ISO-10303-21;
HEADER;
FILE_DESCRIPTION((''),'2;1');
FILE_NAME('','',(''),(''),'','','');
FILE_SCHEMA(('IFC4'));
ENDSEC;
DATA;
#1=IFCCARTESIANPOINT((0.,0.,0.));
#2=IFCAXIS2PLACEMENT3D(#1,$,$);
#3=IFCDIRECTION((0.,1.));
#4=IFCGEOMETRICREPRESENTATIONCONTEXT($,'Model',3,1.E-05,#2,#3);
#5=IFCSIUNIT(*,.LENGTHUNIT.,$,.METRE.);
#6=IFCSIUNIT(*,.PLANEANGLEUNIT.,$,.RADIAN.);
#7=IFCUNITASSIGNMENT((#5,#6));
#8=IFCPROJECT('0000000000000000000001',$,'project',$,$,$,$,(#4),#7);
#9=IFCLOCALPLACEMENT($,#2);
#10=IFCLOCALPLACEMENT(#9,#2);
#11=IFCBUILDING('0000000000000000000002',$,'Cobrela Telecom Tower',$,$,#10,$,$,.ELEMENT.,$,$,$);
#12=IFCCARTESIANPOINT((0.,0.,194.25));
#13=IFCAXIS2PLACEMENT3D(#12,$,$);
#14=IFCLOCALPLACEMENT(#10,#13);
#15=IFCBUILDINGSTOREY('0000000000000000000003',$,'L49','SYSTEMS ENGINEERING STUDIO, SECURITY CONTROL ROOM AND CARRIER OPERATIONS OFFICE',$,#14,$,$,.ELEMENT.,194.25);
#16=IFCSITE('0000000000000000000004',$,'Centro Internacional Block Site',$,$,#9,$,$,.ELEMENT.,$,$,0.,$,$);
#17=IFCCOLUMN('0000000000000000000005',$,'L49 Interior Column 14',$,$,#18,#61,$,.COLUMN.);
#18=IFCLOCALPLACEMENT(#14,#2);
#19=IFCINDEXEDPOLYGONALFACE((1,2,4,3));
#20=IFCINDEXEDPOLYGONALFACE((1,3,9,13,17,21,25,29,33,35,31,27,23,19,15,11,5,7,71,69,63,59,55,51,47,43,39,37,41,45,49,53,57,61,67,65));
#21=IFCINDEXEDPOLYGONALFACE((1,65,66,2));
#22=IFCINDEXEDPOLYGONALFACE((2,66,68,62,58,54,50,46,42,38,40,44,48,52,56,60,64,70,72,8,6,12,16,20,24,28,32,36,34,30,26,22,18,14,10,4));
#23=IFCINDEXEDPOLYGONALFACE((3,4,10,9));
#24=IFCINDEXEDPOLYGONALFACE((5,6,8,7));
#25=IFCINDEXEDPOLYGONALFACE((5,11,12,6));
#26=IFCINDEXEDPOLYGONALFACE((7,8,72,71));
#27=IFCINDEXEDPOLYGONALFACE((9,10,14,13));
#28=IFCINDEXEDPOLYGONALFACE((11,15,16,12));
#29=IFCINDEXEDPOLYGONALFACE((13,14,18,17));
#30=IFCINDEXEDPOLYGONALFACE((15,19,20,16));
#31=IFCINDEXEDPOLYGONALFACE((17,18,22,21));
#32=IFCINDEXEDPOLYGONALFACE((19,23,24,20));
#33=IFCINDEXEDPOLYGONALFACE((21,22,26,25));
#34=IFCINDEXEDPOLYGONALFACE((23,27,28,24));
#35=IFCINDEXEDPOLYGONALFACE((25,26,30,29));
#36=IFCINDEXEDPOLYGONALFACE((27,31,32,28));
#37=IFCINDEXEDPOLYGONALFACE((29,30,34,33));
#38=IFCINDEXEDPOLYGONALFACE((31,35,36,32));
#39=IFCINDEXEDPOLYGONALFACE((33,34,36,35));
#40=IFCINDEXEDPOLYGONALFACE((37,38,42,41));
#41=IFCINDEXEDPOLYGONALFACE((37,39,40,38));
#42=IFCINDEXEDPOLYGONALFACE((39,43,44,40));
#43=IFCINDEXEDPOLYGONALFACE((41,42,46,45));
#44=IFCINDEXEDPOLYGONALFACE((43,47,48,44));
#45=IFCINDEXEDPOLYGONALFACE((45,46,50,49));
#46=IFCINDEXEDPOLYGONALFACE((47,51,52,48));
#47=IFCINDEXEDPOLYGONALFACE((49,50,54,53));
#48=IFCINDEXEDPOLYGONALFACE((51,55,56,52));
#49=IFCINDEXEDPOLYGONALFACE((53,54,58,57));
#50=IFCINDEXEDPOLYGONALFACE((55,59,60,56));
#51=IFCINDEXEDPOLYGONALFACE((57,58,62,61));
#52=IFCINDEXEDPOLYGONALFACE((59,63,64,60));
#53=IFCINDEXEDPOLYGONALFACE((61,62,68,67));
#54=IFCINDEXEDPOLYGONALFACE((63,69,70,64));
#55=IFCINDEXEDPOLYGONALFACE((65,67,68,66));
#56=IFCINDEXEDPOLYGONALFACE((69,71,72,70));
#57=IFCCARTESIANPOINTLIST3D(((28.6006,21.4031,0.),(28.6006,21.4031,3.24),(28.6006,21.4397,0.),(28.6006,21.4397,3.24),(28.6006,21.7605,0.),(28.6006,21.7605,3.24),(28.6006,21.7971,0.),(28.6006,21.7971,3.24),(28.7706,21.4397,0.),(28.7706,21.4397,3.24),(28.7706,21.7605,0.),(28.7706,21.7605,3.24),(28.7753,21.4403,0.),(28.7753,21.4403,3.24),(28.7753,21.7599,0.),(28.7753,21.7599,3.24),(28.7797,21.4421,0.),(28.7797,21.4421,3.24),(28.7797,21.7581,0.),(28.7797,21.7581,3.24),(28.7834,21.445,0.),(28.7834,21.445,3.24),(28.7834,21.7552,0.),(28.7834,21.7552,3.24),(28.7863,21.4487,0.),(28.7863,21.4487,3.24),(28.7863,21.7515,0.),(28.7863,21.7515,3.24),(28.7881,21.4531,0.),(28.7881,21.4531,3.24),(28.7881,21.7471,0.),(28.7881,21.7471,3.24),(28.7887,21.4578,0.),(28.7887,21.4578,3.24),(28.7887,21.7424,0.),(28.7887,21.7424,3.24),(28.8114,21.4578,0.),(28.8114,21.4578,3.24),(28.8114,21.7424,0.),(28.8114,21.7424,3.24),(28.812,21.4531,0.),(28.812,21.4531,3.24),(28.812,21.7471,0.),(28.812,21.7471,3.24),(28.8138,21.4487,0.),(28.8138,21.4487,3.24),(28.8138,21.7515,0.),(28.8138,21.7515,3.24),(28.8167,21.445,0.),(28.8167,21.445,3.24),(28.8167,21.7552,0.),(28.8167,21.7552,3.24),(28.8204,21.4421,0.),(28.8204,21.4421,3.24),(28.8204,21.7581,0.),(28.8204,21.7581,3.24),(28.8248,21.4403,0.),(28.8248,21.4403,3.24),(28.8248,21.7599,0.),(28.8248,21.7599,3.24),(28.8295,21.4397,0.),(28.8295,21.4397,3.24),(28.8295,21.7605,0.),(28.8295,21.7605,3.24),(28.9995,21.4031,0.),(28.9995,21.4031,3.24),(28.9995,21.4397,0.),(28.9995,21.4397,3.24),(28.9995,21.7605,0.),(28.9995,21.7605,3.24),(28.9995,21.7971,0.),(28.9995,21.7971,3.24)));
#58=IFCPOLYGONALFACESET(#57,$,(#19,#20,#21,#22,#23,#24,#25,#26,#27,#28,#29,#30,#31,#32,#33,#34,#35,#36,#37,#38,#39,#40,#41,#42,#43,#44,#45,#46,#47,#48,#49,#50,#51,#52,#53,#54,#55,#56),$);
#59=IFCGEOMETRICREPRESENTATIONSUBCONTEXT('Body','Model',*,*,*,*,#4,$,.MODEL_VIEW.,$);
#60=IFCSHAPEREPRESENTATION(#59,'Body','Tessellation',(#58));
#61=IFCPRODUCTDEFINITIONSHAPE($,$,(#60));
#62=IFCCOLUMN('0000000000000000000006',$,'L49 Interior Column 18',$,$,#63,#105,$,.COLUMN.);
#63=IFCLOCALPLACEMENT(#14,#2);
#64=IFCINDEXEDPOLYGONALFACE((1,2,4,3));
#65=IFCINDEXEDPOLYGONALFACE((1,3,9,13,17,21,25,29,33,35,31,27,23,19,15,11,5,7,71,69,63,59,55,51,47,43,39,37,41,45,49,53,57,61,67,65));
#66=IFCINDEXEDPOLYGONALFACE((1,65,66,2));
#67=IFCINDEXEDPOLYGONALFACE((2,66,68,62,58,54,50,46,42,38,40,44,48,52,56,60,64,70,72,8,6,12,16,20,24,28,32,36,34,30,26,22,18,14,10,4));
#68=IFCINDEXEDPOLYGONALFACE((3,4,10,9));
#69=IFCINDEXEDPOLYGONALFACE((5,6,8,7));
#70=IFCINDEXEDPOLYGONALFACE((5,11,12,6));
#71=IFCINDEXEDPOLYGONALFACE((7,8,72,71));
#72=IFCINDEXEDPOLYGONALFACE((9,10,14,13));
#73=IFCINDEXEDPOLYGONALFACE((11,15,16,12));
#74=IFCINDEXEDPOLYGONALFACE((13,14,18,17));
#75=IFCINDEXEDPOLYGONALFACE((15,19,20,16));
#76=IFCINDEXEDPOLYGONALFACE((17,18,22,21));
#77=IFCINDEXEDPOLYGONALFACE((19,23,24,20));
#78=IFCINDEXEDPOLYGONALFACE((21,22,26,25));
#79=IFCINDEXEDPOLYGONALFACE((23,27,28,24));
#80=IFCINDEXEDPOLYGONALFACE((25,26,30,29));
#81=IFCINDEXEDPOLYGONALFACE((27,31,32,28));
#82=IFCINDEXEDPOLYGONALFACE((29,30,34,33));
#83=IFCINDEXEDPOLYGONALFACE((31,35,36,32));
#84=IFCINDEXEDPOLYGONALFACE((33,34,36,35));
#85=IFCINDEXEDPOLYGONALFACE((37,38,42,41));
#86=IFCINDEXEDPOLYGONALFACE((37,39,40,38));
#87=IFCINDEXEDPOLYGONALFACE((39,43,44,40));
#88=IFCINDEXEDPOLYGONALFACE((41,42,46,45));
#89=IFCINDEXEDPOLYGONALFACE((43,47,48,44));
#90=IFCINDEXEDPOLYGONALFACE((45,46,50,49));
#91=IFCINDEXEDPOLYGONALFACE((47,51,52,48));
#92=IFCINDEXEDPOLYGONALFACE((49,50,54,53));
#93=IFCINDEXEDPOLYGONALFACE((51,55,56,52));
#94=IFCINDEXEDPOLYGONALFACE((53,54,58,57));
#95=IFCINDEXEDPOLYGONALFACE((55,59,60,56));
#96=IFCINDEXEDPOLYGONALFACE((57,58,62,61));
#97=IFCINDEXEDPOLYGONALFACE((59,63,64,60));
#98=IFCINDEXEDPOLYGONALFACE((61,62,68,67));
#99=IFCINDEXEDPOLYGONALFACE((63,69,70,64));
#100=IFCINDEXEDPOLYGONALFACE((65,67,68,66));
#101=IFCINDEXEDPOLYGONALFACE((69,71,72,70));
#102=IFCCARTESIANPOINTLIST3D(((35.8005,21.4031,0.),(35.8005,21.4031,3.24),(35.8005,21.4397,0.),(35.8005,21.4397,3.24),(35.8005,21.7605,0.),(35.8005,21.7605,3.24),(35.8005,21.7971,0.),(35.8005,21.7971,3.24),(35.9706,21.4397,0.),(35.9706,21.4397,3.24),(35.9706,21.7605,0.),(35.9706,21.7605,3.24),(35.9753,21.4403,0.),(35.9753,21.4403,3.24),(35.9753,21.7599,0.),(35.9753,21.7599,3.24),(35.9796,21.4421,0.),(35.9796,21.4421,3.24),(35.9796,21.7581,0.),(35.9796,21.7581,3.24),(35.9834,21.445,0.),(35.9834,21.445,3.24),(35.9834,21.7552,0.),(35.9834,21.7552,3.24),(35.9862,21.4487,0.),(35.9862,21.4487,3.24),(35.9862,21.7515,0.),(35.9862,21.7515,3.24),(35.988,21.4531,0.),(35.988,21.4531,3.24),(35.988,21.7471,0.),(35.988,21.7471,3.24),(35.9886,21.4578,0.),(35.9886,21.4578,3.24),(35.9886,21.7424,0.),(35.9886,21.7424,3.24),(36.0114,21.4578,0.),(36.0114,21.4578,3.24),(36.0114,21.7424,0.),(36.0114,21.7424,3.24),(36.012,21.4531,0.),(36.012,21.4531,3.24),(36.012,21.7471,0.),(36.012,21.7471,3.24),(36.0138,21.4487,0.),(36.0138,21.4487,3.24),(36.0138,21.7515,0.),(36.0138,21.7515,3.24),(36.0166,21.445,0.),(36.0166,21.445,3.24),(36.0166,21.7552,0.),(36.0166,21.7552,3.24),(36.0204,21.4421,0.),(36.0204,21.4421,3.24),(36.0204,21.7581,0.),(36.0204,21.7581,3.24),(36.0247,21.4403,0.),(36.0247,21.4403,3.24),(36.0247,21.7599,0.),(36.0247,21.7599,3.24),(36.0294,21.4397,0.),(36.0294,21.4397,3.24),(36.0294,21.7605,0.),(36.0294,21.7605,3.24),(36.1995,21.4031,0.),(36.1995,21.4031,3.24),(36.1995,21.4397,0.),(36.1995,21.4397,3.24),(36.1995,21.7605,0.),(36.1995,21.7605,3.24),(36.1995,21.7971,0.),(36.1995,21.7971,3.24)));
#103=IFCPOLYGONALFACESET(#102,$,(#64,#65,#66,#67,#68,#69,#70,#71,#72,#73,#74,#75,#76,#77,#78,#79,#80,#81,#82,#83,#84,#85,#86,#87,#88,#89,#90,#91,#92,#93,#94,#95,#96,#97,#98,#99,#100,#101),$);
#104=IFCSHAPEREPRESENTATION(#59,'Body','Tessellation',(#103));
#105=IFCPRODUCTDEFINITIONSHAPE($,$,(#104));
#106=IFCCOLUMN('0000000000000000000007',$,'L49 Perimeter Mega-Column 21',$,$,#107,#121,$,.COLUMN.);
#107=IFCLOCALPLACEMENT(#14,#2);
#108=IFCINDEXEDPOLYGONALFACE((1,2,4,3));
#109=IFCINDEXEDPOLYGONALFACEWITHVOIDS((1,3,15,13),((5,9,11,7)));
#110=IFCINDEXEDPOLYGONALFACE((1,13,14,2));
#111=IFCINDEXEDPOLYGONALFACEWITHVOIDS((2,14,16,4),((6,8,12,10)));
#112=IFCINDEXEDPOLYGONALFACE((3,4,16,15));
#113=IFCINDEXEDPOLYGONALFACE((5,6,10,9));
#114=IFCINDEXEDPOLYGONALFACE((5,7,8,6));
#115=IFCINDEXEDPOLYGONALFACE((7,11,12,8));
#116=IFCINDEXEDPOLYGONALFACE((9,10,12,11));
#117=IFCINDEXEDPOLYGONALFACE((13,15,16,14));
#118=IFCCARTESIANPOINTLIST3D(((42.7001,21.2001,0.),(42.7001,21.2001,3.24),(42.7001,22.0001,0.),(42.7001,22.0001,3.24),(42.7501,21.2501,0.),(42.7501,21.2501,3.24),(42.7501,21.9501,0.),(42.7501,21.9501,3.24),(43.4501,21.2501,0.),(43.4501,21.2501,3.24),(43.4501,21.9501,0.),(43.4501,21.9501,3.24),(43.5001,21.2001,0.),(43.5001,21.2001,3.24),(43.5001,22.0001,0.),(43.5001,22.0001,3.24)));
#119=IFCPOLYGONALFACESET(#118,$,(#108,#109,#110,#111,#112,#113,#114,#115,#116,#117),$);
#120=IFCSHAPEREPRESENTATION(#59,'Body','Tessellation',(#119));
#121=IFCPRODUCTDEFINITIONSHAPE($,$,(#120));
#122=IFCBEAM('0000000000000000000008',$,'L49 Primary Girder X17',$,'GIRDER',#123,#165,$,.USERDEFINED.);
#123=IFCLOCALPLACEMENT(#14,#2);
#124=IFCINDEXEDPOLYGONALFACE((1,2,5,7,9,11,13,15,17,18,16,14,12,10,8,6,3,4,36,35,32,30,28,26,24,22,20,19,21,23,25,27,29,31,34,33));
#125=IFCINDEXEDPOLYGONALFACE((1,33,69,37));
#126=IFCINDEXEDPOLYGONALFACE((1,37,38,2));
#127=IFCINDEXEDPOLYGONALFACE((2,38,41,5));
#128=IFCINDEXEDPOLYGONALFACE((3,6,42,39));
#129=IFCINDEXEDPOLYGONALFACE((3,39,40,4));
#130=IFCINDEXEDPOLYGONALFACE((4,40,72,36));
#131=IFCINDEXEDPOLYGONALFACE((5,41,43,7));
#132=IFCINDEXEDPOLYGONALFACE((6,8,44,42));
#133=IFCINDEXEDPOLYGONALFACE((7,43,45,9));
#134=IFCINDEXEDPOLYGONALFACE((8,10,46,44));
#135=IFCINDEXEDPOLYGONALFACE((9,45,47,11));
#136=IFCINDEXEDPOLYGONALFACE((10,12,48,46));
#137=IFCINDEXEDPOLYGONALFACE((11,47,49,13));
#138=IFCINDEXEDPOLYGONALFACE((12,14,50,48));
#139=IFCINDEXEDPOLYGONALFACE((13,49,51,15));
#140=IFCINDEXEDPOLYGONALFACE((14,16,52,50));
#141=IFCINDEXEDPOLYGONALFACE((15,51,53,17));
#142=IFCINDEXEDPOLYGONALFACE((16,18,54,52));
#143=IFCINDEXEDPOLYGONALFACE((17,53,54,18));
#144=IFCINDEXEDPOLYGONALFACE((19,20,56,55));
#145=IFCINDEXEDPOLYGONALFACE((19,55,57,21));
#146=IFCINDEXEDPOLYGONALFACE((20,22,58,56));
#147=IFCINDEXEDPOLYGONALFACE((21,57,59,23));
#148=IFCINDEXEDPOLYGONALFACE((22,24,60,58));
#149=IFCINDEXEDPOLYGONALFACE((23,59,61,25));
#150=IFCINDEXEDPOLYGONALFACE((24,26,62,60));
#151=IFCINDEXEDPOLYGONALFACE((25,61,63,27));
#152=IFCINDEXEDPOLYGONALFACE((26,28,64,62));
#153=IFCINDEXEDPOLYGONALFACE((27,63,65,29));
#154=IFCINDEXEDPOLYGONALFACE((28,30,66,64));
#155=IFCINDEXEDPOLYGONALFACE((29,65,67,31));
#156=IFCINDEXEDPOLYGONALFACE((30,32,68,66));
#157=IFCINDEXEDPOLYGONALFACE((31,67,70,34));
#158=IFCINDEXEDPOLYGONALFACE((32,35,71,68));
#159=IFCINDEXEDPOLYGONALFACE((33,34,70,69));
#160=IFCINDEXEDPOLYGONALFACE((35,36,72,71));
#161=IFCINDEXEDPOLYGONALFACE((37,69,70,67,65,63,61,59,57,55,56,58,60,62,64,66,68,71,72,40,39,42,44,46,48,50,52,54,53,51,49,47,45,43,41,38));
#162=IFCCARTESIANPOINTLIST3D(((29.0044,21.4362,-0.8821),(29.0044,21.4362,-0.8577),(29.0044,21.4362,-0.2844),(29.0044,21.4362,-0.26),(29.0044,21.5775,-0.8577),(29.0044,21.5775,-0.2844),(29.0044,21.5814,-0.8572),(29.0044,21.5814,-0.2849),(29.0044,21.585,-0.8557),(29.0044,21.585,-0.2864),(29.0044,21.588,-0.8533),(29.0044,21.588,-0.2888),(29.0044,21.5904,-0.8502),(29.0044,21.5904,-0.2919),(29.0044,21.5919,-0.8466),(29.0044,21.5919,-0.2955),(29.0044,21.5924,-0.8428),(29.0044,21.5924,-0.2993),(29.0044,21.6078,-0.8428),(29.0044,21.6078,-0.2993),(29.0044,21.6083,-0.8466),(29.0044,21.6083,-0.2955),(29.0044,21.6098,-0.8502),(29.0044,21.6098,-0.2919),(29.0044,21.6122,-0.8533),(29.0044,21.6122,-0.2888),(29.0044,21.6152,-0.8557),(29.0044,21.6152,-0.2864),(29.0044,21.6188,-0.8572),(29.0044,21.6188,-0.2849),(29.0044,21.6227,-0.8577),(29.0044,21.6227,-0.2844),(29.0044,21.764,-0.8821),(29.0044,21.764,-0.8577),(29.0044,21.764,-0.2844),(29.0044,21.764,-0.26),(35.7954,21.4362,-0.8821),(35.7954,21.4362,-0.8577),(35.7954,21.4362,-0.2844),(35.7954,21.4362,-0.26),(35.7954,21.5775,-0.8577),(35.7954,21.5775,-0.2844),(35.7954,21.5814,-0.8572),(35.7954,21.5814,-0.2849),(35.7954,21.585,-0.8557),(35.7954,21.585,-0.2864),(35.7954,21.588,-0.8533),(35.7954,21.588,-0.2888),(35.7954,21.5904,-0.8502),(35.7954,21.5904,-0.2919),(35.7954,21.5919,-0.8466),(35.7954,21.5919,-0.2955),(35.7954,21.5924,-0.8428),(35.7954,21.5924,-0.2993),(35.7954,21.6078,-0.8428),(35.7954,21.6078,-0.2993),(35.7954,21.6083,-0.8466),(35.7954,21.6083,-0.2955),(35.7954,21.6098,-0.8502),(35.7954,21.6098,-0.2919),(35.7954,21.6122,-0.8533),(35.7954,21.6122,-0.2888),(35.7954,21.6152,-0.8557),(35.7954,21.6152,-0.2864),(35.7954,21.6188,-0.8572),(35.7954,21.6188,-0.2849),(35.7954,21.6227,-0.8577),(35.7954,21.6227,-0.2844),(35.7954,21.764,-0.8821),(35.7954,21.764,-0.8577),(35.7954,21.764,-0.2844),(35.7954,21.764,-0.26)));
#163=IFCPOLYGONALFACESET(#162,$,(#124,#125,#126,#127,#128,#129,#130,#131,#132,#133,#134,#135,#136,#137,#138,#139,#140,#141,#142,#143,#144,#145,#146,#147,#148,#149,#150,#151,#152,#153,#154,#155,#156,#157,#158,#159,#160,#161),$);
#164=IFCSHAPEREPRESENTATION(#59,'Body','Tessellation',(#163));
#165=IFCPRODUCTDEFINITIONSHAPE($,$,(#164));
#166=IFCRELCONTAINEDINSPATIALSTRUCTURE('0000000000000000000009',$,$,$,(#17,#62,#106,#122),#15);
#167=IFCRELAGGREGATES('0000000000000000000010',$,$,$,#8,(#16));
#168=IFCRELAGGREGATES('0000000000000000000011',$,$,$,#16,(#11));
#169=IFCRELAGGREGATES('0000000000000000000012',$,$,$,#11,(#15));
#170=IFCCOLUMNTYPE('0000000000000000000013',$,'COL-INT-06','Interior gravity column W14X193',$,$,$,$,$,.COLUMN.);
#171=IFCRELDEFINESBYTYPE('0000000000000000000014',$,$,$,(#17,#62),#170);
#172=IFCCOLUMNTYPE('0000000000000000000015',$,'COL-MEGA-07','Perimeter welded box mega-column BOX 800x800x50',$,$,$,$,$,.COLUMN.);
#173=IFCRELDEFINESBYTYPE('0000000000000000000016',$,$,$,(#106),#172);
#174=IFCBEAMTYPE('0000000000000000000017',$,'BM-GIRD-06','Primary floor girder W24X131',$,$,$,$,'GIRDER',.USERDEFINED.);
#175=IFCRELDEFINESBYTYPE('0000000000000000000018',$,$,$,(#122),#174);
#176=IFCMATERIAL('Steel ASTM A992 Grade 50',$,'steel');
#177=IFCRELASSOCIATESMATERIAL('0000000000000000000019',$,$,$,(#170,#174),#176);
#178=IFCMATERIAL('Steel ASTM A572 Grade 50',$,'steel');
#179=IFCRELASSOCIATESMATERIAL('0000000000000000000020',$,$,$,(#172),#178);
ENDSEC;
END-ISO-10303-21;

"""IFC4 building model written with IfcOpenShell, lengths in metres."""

from ifc_helpers import new_model, si_unit, direction, frame, origin, origin_2d, place, context, subcontext, project, spatial, hollow_rectangle, i_section, extrude, material, material_profile, profile_set, type_object, element, save


model = new_model("IFC4")

# Units and contexts
model_context = context("Model", 3, precision=1e-05, world=origin(), true_north=direction((0.0, 1.0)))
body_context = subcontext(model_context, "Body", "Model", "MODEL_VIEW")
ifc_project = project(units=[si_unit("LENGTHUNIT", "METRE"), si_unit("PLANEANGLEUNIT", "RADIAN")], contexts=[model_context])

# Site, building, storey
site_placement = place(None, origin())
site = spatial("IfcSite", under=ifc_project, at=site_placement, Name="Centro Internacional Block Site", CompositionType="ELEMENT", RefElevation=0.0)
building_placement = place(site_placement, origin())
building = spatial("IfcBuilding", under=site, at=building_placement, Name="Cobrela Telecom Tower", CompositionType="ELEMENT")
storey_placement = place(building_placement, frame((0.0, 0.0, 194.25)))
storey = spatial("IfcBuildingStorey", under=building, at=storey_placement, Name="L49", Description="SYSTEMS ENGINEERING STUDIO, SECURITY CONTROL ROOM AND CARRIER OPERATIONS OFFICE", CompositionType="ELEMENT", Elevation=194.25)

# Columns
ifc_material_1 = material(Name="Steel ASTM A992 Grade 50", Category="steel")
ifc_material_profile_1 = material_profile(ifc_material_1, i_section(OverallWidth=0.3989, OverallDepth=0.394, WebThickness=0.0227, FlangeThickness=0.0366, FilletRadius=0.0181, at=origin_2d()), Name="W14X193")
ifc_profile_set_1 = profile_set([ifc_material_profile_1], Name="Steel ASTM A992 Grade 50")
column_type_1 = type_object("IfcColumnType", Name="COL-INT-06", Description="Interior gravity column W14X193", PredefinedType="COLUMN", material=ifc_profile_set_1)
for number, where, z_axis, x_axis, name in (
    (1, (28.8, 21.6001, 0.0), (0.0, 0.0, 1.0), (1.0, 0.0, 0.0), "L49 Interior Column 14"),
    (2, (36.0, 21.6001, 0.0), (0.0, 0.0, 1.0), (1.0, 0.0, 0.0), "L49 Interior Column 18"),
):
    element("IfcColumn", number, at=place(storey_placement, frame(where, z_axis=z_axis, x_axis=x_axis)), inside=storey, type_object=column_type_1, Name=name, PredefinedType="COLUMN", context=body_context, shape_type="SweptSolid", body=[
        extrude(i_section(OverallWidth=0.3989, OverallDepth=0.394, WebThickness=0.0227, FlangeThickness=0.0366, FilletRadius=0.0181, at=origin_2d()), origin(), (0.0, 0.0, 1.0), 3.24),
    ])
ifc_material_2 = material(Name="Steel ASTM A572 Grade 50", Category="steel")
ifc_material_profile_2 = material_profile(ifc_material_2, hollow_rectangle(XDim=0.8, YDim=0.8, WallThickness=0.05, at=origin_2d()), Name="BOX 800x800x50")
ifc_profile_set_2 = profile_set([ifc_material_profile_2], Name="Steel ASTM A572 Grade 50")
column_type_2 = type_object("IfcColumnType", Name="COL-MEGA-07", Description="Perimeter welded box mega-column BOX 800x800x50", PredefinedType="COLUMN", material=ifc_profile_set_2)
column_placement = place(storey_placement, frame((43.1001, 21.6001, 0.0), z_axis=(0.0, 0.0, 1.0), x_axis=(1.0, 0.0, 0.0)))
element("IfcColumn", 3, at=column_placement, inside=storey, type_object=column_type_2, Name="L49 Perimeter Mega-Column 21", PredefinedType="COLUMN", context=body_context, shape_type="SweptSolid", body=[
    extrude(hollow_rectangle(XDim=0.8, YDim=0.8, WallThickness=0.05, at=origin_2d()), origin(), (0.0, 0.0, 1.0), 3.24),
])

# Beam
ifc_material_profile_3 = material_profile(ifc_material_1, i_section(OverallWidth=0.3279, OverallDepth=0.6221, WebThickness=0.0154, FlangeThickness=0.0244, FilletRadius=0.0149, at=origin_2d()), Name="W24X131")
ifc_profile_set_3 = profile_set([ifc_material_profile_3], Name="Steel ASTM A992 Grade 50")
beam_type_1 = type_object("IfcBeamType", Name="BM-GIRD-06", Description="Primary floor girder W24X131", ElementType="GIRDER", PredefinedType="USERDEFINED", material=ifc_profile_set_3)
beam_1_placement = place(storey_placement, frame((29.0044, 21.6001, -0.571), z_axis=(1.0, 0.0, 0.0), x_axis=(0.0, 1.0, 0.0)))
element("IfcBeam", 4, at=beam_1_placement, inside=storey, type_object=beam_type_1, Name="L49 Primary Girder X17", ObjectType="GIRDER", PredefinedType="USERDEFINED", context=body_context, shape_type="SweptSolid", body=[
    extrude(i_section(OverallWidth=0.3279, OverallDepth=0.6221, WebThickness=0.0154, FlangeThickness=0.0244, FilletRadius=0.0149, at=origin_2d()), origin(), (0.0, 0.0, 1.0), 6.791),
])

save(model, "model.ifc")
